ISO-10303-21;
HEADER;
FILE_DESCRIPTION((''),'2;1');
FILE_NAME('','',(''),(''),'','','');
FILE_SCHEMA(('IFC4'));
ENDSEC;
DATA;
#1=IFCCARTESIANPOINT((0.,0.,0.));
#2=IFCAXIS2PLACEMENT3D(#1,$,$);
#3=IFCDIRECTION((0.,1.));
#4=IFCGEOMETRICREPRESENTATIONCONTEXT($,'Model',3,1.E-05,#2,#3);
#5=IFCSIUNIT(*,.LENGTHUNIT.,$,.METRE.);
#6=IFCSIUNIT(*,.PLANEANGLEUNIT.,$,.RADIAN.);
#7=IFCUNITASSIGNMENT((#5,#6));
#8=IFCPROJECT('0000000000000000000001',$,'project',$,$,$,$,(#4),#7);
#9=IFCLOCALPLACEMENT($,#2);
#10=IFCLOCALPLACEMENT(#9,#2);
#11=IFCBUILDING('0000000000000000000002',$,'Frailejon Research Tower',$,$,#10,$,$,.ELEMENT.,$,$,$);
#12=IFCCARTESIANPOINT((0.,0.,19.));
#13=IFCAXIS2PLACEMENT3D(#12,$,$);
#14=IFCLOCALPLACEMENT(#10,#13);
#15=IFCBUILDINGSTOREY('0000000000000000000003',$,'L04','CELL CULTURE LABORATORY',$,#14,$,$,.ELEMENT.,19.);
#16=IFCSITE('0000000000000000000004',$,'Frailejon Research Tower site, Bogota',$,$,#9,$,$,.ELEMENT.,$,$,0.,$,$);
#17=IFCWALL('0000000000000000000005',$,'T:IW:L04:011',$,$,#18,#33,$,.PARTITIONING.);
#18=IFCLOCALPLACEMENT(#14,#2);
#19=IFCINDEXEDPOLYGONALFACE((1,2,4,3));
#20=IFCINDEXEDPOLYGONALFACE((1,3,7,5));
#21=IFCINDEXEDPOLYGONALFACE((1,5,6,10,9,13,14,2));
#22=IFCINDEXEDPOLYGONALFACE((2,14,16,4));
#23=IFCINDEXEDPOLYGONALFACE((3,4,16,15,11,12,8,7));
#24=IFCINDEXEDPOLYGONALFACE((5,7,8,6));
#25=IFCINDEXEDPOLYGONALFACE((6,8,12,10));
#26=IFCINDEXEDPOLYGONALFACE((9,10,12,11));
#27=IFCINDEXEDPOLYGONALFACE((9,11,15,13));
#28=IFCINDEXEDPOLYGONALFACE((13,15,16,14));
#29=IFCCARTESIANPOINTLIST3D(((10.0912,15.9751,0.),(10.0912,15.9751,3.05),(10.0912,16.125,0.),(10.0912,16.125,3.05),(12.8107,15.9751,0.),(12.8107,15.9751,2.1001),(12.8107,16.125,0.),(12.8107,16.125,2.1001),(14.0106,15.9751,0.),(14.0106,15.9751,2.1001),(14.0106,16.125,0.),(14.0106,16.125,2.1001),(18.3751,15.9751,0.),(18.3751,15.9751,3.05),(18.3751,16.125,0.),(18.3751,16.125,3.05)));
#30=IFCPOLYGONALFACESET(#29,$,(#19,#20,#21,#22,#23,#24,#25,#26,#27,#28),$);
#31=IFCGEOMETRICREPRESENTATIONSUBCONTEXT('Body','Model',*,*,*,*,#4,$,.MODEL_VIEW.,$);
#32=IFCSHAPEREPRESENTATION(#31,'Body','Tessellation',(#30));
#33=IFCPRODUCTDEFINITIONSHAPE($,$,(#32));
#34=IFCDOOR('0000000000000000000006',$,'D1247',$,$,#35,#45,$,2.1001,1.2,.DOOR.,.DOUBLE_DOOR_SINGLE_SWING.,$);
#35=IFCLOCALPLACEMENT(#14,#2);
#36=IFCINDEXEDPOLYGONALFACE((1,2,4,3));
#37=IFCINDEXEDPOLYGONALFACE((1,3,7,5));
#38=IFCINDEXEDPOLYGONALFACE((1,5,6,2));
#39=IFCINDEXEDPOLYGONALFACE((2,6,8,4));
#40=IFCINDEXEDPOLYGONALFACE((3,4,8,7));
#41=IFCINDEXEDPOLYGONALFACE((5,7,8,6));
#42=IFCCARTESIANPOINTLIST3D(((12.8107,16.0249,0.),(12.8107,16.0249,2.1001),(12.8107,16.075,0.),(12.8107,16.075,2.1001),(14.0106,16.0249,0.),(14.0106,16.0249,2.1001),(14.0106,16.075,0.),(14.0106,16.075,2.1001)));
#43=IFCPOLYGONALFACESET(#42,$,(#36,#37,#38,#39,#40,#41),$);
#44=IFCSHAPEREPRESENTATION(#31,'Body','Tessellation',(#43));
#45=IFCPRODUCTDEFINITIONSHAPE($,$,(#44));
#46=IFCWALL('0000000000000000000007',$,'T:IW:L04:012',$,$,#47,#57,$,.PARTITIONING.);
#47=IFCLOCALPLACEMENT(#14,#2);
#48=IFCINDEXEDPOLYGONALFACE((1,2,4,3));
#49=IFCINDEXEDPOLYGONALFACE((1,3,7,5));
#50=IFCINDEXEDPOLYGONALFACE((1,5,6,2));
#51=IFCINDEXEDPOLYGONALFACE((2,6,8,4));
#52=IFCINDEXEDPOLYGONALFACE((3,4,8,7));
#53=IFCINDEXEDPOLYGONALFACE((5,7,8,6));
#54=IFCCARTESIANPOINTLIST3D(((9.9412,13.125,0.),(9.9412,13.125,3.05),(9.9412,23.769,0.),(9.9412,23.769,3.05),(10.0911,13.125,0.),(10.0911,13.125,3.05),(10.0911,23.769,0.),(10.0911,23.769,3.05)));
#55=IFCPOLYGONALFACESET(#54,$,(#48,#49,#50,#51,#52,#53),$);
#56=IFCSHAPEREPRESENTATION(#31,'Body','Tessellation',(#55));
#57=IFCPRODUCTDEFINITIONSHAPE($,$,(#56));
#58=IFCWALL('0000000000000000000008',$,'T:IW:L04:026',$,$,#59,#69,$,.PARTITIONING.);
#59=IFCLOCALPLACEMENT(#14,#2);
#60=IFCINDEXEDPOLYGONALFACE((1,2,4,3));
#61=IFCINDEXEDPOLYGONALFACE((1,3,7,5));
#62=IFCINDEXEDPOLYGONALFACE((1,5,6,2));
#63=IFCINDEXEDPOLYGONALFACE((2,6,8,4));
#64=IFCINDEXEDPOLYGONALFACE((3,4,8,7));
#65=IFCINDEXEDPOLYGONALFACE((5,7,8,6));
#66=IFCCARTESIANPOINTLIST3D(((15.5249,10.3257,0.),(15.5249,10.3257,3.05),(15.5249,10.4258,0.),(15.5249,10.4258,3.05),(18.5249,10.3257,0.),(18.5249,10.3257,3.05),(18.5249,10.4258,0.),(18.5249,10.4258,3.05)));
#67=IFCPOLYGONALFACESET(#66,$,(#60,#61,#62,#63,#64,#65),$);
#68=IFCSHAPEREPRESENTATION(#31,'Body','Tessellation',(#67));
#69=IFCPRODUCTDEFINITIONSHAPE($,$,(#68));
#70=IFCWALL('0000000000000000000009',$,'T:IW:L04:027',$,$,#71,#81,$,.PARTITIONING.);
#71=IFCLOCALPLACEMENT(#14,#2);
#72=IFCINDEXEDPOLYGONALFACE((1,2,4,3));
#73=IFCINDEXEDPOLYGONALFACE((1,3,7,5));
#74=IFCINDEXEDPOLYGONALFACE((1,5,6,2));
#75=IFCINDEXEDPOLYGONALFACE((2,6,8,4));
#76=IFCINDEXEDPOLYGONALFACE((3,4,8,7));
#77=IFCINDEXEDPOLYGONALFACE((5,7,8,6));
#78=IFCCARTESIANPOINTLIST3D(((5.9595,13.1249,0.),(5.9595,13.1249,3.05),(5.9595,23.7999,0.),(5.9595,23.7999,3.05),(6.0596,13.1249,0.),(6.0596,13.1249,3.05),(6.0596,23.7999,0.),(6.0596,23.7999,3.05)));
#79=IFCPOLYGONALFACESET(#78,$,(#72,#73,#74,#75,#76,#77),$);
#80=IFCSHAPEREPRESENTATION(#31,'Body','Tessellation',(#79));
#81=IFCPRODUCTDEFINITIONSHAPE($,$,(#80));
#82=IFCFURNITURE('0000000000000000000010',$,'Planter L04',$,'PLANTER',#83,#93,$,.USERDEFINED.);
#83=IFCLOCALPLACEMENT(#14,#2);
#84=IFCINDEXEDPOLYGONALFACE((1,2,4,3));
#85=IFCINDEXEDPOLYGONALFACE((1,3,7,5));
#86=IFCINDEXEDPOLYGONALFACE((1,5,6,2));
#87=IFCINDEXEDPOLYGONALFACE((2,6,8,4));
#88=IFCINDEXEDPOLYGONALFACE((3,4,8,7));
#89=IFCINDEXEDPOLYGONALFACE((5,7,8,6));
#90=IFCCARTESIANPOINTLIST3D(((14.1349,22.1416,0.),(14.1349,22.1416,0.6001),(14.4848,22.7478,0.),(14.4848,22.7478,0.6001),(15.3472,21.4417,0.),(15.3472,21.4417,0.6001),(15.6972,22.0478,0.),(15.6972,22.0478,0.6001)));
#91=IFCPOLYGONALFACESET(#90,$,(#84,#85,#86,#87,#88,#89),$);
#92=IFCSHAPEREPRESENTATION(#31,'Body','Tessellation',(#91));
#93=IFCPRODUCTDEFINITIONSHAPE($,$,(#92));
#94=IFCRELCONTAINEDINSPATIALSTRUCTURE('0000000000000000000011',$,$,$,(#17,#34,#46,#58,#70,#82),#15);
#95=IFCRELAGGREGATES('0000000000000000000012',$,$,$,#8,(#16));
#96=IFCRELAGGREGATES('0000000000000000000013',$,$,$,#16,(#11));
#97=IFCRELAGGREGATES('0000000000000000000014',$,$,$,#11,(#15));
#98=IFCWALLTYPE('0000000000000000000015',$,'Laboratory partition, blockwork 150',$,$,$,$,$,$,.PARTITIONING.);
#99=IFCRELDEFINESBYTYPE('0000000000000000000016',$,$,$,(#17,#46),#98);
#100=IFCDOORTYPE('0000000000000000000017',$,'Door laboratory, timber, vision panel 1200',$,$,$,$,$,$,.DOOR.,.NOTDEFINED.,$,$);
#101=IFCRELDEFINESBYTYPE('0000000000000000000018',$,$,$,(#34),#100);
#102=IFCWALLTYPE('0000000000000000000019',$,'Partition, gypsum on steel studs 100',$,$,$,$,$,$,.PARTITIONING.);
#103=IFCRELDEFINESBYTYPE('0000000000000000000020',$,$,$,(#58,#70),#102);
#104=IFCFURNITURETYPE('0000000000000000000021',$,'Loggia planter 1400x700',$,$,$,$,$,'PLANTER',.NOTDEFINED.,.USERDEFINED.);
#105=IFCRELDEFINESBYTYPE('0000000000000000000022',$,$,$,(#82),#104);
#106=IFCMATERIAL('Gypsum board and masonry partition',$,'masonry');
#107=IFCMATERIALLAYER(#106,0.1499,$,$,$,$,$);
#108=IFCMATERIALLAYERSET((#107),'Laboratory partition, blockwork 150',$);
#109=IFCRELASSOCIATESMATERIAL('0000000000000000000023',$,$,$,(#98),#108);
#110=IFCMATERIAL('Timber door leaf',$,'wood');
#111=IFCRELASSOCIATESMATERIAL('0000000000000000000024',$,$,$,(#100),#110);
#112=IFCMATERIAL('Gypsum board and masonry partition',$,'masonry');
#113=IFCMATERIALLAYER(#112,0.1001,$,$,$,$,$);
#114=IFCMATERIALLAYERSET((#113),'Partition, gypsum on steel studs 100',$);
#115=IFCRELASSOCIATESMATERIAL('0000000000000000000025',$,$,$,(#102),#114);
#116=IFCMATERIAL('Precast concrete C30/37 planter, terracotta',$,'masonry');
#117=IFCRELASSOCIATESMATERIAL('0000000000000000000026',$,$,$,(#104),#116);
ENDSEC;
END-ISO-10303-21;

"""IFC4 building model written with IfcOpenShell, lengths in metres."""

from ifc_helpers import new_model, si_unit, direction, frame, frame_2d, origin, origin_2d, place, context, subcontext, project, spatial, rectangle, extrude, material, layer, layer_set, type_object, element, fill, save


model = new_model("IFC4")

# Units and contexts
model_context = context("Model", 3, precision=1e-05, world=origin(), true_north=direction((0.0, 1.0)))
body_context = subcontext(model_context, "Body", "Model", "MODEL_VIEW")
ifc_project = project(units=[si_unit("LENGTHUNIT", "METRE"), si_unit("PLANEANGLEUNIT", "RADIAN")], contexts=[model_context])

# Site, building, storey
site_placement = place(None, origin())
site = spatial("IfcSite", under=ifc_project, at=site_placement, Name="Frailejon Research Tower site, Bogota", CompositionType="ELEMENT", RefElevation=0.0)
building_placement = place(site_placement, origin())
building = spatial("IfcBuilding", under=site, at=building_placement, Name="Frailejon Research Tower", CompositionType="ELEMENT")
storey_placement = place(building_placement, frame((0.0, 0.0, 19.0)))
storey = spatial("IfcBuildingStorey", under=building, at=storey_placement, Name="L04", Description="CELL CULTURE LABORATORY", CompositionType="ELEMENT", Elevation=19.0)

# Shared definitions
ifc_material_1 = material(Name="Gypsum board and masonry partition", Category="masonry")
ifc_layer_1 = layer(ifc_material_1, 0.1499)
ifc_layer_set_1 = layer_set([ifc_layer_1], Name="Laboratory partition, blockwork 150")
wall_type_1 = type_object("IfcWallType", Name="Laboratory partition, blockwork 150", PredefinedType="PARTITIONING", material=ifc_layer_set_1)

# Wall, opening, door
wall_1_placement = place(storey_placement, frame((10.0911, 16.05, 0.0), z_axis=(0.0, 0.0, 1.0), x_axis=(1.0, 0.0, 0.0)))
wall_1 = element("IfcWall", 1, at=wall_1_placement, inside=storey, type_object=wall_type_1, Name="T:IW:L04:011", PredefinedType="PARTITIONING", context=body_context, shape_type="SweptSolid", body=[
    extrude(rectangle(XDim=8.2839, YDim=0.1499, at=frame_2d((4.1421, 0.0))), origin(), (0.0, 0.0, 1.0), 3.05),
])
opening_placement = place(wall_1_placement, frame((2.7195, 0.0, 0.0)))
opening = element("IfcOpeningElement", 2, at=opening_placement, cuts=wall_1, PredefinedType="OPENING", context=body_context, shape_type="SweptSolid", body=[
    extrude(rectangle(XDim=1.2, YDim=2.1001, at=frame_2d((0.6001, 1.05))), frame((0.0, 0.085, 0.0), z_axis=(0.0, -1.0, 0.0), x_axis=(1.0, 0.0, 0.0)), (0.0, 0.0, 1.0), 0.1699),
])
ifc_material_2 = material(Name="Timber door leaf", Category="wood")
door_type = type_object("IfcDoorType", Name="Door laboratory, timber, vision panel 1200", OperationType="NOTDEFINED", PredefinedType="DOOR", material=ifc_material_2)
door_placement = place(opening_placement, origin())
door = element("IfcDoor", 3, at=door_placement, inside=storey, type_object=door_type, Name="D1247", OperationType="DOUBLE_DOOR_SINGLE_SWING", OverallHeight=2.1001, OverallWidth=1.2, PredefinedType="DOOR", context=body_context, shape_type="SweptSolid", body=[
    extrude(rectangle(XDim=1.2, YDim=2.1001, at=frame_2d((0.6001, 1.05))), frame((0.0, 0.0249, 0.0), z_axis=(0.0, -1.0, 0.0), x_axis=(1.0, 0.0, 0.0)), (0.0, 0.0, 1.0), 0.05),
])
fill(opening, door)

# Walls
wall_2_placement = place(storey_placement, frame((10.0161, 13.125, 0.0), z_axis=(0.0, 0.0, 1.0), x_axis=(0.0, 1.0, 0.0)))
element("IfcWall", 4, at=wall_2_placement, inside=storey, type_object=wall_type_1, Name="T:IW:L04:012", PredefinedType="PARTITIONING", context=body_context, shape_type="SweptSolid", body=[
    extrude(rectangle(XDim=10.644, YDim=0.1499, at=frame_2d((5.322, 0.0))), origin(), (0.0, 0.0, 1.0), 3.05),
])
ifc_material_3 = material(Name="Gypsum board and masonry partition", Category="masonry")
ifc_layer_2 = layer(ifc_material_3, 0.1001)
ifc_layer_set_2 = layer_set([ifc_layer_2], Name="Partition, gypsum on steel studs 100")
wall_type_2 = type_object("IfcWallType", Name="Partition, gypsum on steel studs 100", PredefinedType="PARTITIONING", material=ifc_layer_set_2)
wall_3_placement = place(storey_placement, frame((15.5249, 10.3757, 0.0), z_axis=(0.0, 0.0, 1.0), x_axis=(1.0, 0.0, 0.0)))
element("IfcWall", 5, at=wall_3_placement, inside=storey, type_object=wall_type_2, Name="T:IW:L04:026", PredefinedType="PARTITIONING", context=body_context, shape_type="SweptSolid", body=[
    extrude(rectangle(XDim=3.0, YDim=0.1001, at=frame_2d((1.5, 0.0))), origin(), (0.0, 0.0, 1.0), 3.05),
])
wall_4_placement = place(storey_placement, frame((6.0095, 13.125, 0.0), z_axis=(0.0, 0.0, 1.0), x_axis=(0.0, 1.0, 0.0)))
element("IfcWall", 6, at=wall_4_placement, inside=storey, type_object=wall_type_2, Name="T:IW:L04:027", PredefinedType="PARTITIONING", context=body_context, shape_type="SweptSolid", body=[
    extrude(rectangle(XDim=10.675, YDim=0.1001, at=frame_2d((5.3374, 0.0))), origin(), (0.0, 0.0, 1.0), 3.05),
])

# Furniture
ifc_material_4 = material(Name="Precast concrete C30/37 planter, terracotta", Category="masonry")
furniture_type = type_object("IfcFurnitureType", Name="Loggia planter 1400x700", ElementType="PLANTER", AssemblyPlace="NOTDEFINED", PredefinedType="USERDEFINED", material=ifc_material_4)
furniture_placement = place(storey_placement, frame((14.916, 22.0947, 0.0), z_axis=(0.0, 0.0, 1.0), x_axis=(-0.866025, 0.5, 0.0)))
element("IfcFurniture", 7, at=furniture_placement, inside=storey, type_object=furniture_type, Name="Planter L04", ObjectType="PLANTER", PredefinedType="USERDEFINED", context=body_context, shape_type="SweptSolid", body=[
    extrude(rectangle(XDim=1.3999, YDim=0.7, at=origin_2d()), origin(), (0.0, 0.0, 1.0), 0.6001),
])

save(model, "model.ifc")
